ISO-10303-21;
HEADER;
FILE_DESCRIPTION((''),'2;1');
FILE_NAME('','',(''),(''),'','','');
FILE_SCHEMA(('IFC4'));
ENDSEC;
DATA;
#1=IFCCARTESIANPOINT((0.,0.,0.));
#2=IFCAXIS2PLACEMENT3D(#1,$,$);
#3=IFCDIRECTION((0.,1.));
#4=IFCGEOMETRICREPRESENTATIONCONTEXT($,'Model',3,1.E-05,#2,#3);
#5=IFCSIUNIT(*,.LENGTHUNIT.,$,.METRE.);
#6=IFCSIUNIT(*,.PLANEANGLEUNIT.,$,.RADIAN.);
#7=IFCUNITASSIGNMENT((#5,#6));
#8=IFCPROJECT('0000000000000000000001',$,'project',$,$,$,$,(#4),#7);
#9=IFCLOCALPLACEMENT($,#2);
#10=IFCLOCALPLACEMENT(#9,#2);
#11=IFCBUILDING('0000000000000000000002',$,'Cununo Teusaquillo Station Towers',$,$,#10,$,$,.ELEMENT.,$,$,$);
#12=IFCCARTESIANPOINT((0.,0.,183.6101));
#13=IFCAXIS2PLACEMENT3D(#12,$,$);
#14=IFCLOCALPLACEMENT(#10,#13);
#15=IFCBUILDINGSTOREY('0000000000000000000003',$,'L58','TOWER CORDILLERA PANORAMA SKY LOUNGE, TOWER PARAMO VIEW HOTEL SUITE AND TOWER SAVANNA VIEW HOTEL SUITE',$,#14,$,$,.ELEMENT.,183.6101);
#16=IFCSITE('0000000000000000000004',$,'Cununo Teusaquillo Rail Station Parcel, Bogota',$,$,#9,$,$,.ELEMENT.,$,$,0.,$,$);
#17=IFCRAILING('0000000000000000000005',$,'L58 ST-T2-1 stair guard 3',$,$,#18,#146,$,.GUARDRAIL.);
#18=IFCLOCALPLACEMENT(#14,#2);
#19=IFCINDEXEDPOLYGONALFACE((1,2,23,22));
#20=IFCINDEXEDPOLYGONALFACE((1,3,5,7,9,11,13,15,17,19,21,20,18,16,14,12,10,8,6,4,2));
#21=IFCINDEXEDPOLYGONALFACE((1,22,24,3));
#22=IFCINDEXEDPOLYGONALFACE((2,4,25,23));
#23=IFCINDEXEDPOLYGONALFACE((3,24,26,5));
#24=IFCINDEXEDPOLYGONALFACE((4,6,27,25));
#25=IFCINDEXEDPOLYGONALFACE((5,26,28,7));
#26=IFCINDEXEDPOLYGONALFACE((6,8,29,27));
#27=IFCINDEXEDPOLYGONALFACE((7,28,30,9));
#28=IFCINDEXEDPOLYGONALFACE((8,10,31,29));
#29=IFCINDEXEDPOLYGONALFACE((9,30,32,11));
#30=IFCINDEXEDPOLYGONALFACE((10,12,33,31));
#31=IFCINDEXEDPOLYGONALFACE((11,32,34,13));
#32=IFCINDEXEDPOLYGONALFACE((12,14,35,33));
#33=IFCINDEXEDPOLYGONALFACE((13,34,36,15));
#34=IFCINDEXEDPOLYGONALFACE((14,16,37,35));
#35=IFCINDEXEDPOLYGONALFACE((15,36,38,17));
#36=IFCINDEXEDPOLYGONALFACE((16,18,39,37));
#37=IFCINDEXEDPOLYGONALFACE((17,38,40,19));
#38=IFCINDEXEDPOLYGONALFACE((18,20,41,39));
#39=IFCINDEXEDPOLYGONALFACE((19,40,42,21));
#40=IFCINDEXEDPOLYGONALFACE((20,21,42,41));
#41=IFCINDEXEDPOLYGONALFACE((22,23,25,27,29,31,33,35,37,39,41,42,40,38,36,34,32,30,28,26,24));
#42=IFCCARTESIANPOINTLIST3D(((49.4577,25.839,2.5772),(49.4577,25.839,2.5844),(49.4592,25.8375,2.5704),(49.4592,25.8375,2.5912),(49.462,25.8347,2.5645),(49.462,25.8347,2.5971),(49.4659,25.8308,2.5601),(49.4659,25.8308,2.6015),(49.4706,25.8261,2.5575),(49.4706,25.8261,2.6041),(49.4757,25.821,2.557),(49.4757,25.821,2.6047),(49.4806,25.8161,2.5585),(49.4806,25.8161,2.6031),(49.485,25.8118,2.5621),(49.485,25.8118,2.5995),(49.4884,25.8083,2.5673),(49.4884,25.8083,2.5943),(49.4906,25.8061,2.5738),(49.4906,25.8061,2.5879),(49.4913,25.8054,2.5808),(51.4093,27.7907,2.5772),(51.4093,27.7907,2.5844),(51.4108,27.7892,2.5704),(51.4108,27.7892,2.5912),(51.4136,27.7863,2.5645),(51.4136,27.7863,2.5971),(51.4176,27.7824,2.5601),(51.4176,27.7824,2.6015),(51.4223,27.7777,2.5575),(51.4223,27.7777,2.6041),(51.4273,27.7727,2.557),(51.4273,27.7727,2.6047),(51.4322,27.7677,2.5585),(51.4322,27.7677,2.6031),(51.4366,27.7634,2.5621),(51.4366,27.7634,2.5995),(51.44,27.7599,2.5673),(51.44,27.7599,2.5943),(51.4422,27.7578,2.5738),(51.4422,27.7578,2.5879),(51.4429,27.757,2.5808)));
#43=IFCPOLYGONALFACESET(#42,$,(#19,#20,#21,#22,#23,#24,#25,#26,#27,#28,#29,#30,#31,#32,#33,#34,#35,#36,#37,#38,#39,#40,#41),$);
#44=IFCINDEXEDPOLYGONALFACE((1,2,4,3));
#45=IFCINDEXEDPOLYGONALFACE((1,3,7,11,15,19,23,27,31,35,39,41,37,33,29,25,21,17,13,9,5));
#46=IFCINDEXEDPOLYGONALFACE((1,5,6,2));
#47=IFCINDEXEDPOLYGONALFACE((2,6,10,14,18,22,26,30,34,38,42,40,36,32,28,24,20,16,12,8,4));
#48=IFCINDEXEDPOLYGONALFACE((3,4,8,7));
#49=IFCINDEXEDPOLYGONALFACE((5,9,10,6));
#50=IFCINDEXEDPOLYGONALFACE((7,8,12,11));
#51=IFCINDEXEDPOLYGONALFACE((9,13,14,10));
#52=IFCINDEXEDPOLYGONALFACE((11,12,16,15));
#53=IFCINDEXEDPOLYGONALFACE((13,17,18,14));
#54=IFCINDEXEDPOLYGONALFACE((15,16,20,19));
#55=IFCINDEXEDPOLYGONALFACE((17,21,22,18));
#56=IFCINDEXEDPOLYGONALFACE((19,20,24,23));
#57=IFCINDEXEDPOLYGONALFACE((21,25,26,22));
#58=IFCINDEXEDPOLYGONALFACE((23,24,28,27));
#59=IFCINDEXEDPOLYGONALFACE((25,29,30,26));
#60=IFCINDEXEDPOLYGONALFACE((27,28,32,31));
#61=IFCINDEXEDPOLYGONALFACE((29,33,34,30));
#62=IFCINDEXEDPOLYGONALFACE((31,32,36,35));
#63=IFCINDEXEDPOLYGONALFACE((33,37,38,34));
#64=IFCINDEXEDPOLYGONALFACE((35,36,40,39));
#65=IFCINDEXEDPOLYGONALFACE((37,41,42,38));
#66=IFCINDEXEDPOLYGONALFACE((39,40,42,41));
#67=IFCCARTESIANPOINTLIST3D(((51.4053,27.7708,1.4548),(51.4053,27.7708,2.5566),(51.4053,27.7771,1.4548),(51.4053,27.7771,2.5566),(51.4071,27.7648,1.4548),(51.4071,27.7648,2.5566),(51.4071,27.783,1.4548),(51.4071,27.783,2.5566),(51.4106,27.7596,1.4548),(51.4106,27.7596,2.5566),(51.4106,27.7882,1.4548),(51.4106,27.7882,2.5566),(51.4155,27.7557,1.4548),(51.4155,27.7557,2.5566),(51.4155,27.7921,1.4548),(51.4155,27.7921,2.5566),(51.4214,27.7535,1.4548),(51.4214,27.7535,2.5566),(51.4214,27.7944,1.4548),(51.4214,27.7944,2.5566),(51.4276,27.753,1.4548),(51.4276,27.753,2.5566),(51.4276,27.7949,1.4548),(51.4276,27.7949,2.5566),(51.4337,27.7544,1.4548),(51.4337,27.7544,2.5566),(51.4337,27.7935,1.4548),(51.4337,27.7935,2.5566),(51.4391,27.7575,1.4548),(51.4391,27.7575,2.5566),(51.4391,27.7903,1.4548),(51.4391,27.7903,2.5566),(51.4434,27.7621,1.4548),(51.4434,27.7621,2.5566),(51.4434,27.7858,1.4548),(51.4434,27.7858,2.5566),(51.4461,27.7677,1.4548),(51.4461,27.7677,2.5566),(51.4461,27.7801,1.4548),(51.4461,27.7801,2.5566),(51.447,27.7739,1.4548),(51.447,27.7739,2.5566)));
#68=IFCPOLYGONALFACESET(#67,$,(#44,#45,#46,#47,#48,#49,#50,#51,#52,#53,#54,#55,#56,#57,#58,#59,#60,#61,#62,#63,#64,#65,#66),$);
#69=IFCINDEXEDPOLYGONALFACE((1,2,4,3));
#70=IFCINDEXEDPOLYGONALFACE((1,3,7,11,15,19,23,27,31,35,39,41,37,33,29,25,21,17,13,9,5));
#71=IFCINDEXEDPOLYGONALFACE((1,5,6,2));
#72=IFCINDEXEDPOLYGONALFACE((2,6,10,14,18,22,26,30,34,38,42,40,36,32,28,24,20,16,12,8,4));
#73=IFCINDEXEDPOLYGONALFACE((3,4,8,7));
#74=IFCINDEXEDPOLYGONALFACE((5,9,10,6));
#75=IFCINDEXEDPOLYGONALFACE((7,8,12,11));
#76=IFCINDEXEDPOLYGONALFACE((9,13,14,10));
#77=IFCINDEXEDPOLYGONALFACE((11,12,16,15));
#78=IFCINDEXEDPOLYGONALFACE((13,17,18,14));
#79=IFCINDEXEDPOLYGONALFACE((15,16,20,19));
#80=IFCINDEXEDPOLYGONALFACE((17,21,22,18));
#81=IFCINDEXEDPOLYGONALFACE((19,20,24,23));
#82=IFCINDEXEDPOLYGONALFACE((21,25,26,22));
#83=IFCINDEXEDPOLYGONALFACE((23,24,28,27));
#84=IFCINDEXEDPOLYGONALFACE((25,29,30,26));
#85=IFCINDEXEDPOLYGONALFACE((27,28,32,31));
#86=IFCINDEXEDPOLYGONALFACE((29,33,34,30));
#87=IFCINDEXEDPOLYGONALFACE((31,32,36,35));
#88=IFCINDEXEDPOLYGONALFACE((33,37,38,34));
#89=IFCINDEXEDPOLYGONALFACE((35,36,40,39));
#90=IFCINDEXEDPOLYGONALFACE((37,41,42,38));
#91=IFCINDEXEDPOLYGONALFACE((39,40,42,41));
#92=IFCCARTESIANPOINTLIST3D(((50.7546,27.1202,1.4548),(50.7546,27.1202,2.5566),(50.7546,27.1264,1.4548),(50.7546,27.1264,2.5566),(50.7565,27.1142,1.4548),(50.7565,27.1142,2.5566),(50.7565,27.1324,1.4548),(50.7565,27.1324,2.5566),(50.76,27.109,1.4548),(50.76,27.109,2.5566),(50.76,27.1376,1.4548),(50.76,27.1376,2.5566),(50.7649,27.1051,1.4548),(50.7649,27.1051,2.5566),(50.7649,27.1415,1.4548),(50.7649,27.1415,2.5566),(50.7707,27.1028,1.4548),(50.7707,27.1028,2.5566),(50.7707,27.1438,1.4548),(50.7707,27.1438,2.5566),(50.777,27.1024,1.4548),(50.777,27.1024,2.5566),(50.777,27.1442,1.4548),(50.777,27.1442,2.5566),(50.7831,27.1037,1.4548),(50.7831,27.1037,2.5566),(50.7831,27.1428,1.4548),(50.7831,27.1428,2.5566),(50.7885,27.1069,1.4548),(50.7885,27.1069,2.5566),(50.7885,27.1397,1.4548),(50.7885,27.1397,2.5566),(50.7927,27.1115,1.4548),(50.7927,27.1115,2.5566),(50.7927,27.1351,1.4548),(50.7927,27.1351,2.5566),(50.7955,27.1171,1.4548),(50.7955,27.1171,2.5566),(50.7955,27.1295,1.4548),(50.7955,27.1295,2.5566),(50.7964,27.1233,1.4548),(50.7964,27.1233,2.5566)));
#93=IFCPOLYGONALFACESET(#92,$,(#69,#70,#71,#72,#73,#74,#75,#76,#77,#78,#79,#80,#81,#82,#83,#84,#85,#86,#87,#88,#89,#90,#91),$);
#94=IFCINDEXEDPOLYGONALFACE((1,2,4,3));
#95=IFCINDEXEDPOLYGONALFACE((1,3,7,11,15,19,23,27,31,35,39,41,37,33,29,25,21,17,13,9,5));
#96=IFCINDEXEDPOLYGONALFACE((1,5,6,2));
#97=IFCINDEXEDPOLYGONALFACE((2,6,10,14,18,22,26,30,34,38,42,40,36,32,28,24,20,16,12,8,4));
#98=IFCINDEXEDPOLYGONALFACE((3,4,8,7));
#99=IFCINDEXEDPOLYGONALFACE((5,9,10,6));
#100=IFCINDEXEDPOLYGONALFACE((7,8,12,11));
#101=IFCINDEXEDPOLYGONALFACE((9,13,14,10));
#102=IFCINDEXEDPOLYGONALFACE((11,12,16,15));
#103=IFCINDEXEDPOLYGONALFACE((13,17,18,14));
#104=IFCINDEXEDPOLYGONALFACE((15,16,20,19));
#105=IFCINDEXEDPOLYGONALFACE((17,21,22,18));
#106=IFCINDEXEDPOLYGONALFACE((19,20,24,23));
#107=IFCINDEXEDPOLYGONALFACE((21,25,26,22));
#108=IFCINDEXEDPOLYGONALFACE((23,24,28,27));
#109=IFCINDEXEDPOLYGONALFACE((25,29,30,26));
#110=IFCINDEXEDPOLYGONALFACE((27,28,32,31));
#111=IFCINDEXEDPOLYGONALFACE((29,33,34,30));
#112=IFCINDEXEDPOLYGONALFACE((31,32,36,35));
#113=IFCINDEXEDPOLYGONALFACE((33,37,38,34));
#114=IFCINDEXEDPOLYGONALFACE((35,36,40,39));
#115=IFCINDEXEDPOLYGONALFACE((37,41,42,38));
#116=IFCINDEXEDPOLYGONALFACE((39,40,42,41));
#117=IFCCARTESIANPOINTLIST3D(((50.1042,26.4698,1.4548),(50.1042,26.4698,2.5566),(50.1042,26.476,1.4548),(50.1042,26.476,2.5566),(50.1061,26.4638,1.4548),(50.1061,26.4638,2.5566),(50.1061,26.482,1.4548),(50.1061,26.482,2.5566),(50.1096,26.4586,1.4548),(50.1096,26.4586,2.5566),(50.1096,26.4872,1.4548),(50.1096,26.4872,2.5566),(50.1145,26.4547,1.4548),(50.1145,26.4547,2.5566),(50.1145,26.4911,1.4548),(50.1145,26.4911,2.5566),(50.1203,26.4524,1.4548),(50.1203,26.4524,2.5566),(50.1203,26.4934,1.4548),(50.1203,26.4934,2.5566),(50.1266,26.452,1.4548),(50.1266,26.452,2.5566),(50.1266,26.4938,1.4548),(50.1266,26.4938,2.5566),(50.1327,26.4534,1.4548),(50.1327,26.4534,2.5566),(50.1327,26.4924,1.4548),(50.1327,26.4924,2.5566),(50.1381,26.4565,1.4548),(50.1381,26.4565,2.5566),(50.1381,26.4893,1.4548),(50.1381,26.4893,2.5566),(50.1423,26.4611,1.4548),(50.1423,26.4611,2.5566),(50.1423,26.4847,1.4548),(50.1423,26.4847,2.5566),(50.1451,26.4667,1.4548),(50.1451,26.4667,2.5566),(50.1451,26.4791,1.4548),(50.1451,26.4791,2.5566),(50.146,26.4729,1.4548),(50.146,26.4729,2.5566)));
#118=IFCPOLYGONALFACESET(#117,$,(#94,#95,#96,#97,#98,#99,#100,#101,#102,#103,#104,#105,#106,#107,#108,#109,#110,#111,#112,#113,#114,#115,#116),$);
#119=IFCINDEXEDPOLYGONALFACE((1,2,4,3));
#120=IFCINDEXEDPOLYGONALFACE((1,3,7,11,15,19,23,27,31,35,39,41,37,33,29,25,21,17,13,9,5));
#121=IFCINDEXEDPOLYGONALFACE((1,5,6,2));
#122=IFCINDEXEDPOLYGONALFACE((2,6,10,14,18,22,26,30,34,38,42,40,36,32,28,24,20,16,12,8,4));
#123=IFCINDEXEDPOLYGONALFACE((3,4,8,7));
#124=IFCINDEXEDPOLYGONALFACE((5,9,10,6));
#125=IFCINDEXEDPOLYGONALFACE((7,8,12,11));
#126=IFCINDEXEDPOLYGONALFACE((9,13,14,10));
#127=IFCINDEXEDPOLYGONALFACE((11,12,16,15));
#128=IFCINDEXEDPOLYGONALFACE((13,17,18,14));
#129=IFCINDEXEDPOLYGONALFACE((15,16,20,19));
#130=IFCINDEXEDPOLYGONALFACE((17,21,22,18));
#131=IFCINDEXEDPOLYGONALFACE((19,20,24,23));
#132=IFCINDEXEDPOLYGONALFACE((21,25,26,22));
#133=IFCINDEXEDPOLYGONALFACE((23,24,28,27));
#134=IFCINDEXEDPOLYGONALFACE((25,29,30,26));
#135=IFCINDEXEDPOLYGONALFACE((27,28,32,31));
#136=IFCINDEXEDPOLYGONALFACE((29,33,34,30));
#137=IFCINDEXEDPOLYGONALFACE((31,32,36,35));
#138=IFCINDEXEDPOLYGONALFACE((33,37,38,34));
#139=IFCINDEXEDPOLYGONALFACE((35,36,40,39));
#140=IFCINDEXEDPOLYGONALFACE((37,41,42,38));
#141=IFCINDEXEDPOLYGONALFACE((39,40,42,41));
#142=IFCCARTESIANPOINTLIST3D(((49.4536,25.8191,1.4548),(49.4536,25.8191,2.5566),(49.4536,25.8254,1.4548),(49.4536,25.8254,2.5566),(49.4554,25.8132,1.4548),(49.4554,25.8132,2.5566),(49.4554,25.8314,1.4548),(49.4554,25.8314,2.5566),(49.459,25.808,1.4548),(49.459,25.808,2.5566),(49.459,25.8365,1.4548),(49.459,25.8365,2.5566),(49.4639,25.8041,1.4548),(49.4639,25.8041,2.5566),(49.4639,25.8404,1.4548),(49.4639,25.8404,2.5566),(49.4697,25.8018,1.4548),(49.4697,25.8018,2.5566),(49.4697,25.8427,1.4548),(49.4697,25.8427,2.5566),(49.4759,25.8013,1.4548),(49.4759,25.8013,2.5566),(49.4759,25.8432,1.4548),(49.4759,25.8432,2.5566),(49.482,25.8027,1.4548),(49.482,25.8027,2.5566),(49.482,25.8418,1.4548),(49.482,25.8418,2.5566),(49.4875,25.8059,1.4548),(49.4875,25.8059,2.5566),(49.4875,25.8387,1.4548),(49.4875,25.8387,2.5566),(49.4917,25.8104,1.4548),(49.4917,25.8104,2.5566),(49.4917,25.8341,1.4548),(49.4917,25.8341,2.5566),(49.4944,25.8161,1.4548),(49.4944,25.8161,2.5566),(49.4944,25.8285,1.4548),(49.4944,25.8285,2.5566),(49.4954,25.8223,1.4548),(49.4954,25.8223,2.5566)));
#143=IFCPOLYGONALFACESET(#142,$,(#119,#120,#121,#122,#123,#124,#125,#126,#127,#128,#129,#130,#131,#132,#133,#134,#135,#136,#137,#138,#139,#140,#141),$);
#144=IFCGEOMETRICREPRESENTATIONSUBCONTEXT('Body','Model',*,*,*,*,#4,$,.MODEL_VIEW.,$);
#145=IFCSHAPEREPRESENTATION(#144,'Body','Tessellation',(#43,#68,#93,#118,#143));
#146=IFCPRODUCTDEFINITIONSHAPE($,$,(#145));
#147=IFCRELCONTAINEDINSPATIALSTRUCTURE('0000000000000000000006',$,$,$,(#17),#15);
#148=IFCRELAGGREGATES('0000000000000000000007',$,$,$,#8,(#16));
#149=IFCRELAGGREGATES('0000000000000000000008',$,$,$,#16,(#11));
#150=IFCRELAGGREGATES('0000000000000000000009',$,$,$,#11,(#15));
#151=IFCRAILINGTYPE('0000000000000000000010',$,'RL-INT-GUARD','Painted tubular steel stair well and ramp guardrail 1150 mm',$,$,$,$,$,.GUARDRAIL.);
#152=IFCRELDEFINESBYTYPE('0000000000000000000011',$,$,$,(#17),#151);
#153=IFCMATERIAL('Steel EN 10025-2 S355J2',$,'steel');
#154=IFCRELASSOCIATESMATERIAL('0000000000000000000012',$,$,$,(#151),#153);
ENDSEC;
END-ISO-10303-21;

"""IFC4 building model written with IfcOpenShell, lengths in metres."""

from ifc_helpers import new_model, si_unit, direction, frame, origin, origin_2d, place, context, subcontext, project, spatial, circle, extrude, material, type_object, element, save


model = new_model("IFC4")

# Units and contexts
model_context = context("Model", 3, precision=1e-05, world=origin(), true_north=direction((0.0, 1.0)))
body_context = subcontext(model_context, "Body", "Model", "MODEL_VIEW")
ifc_project = project(units=[si_unit("LENGTHUNIT", "METRE"), si_unit("PLANEANGLEUNIT", "RADIAN")], contexts=[model_context])

# Site, building, storey
site_placement = place(None, origin())
site = spatial("IfcSite", under=ifc_project, at=site_placement, Name="Cununo Teusaquillo Rail Station Parcel, Bogota", CompositionType="ELEMENT", RefElevation=0.0)
building_placement = place(site_placement, origin())
building = spatial("IfcBuilding", under=site, at=building_placement, Name="Cununo Teusaquillo Station Towers", CompositionType="ELEMENT")
storey_placement = place(building_placement, frame((0.0, 0.0, 183.6101)))
storey = spatial("IfcBuildingStorey", under=building, at=storey_placement, Name="L58", Description="TOWER CORDILLERA PANORAMA SKY LOUNGE, TOWER PARAMO VIEW HOTEL SUITE AND TOWER SAVANNA VIEW HOTEL SUITE", CompositionType="ELEMENT", Elevation=183.6101)

# Railing
ifc_material_1 = material(Name="Steel EN 10025-2 S355J2", Category="steel")
railing_type = type_object("IfcRailingType", Name="RL-INT-GUARD", Description="Painted tubular steel stair well and ramp guardrail 1150 mm", PredefinedType="GUARDRAIL", material=ifc_material_1)
railing_1_placement = place(storey_placement, frame((51.426, 27.7739, 1.4548)))
element("IfcRailing", 1, at=railing_1_placement, inside=storey, type_object=railing_type, Name="L58 ST-T2-1 stair guard 3", PredefinedType="GUARDRAIL", context=body_context, shape_type="SweptSolid", body=[
    extrude(circle(Radius=0.0239, at=origin_2d()), frame((0.0, 0.0, 1.126), z_axis=(-0.707107, -0.707107, 0.0), x_axis=(0.707107, -0.707107, 0.0)), (0.0, 0.0, 1.0), 2.76),
    extrude(circle(Radius=0.021, at=origin_2d()), origin(), (0.0, 0.0, 1.0), 1.1018),
    extrude(circle(Radius=0.021, at=origin_2d()), frame((-0.6506, -0.6506, 0.0)), (0.0, 0.0, 1.0), 1.1018),
    extrude(circle(Radius=0.021, at=origin_2d()), frame((-1.301, -1.301, 0.0)), (0.0, 0.0, 1.0), 1.1018),
    extrude(circle(Radius=0.021, at=origin_2d()), frame((-1.9517, -1.9517, 0.0)), (0.0, 0.0, 1.0), 1.1018),
])

save(model, "model.ifc")
